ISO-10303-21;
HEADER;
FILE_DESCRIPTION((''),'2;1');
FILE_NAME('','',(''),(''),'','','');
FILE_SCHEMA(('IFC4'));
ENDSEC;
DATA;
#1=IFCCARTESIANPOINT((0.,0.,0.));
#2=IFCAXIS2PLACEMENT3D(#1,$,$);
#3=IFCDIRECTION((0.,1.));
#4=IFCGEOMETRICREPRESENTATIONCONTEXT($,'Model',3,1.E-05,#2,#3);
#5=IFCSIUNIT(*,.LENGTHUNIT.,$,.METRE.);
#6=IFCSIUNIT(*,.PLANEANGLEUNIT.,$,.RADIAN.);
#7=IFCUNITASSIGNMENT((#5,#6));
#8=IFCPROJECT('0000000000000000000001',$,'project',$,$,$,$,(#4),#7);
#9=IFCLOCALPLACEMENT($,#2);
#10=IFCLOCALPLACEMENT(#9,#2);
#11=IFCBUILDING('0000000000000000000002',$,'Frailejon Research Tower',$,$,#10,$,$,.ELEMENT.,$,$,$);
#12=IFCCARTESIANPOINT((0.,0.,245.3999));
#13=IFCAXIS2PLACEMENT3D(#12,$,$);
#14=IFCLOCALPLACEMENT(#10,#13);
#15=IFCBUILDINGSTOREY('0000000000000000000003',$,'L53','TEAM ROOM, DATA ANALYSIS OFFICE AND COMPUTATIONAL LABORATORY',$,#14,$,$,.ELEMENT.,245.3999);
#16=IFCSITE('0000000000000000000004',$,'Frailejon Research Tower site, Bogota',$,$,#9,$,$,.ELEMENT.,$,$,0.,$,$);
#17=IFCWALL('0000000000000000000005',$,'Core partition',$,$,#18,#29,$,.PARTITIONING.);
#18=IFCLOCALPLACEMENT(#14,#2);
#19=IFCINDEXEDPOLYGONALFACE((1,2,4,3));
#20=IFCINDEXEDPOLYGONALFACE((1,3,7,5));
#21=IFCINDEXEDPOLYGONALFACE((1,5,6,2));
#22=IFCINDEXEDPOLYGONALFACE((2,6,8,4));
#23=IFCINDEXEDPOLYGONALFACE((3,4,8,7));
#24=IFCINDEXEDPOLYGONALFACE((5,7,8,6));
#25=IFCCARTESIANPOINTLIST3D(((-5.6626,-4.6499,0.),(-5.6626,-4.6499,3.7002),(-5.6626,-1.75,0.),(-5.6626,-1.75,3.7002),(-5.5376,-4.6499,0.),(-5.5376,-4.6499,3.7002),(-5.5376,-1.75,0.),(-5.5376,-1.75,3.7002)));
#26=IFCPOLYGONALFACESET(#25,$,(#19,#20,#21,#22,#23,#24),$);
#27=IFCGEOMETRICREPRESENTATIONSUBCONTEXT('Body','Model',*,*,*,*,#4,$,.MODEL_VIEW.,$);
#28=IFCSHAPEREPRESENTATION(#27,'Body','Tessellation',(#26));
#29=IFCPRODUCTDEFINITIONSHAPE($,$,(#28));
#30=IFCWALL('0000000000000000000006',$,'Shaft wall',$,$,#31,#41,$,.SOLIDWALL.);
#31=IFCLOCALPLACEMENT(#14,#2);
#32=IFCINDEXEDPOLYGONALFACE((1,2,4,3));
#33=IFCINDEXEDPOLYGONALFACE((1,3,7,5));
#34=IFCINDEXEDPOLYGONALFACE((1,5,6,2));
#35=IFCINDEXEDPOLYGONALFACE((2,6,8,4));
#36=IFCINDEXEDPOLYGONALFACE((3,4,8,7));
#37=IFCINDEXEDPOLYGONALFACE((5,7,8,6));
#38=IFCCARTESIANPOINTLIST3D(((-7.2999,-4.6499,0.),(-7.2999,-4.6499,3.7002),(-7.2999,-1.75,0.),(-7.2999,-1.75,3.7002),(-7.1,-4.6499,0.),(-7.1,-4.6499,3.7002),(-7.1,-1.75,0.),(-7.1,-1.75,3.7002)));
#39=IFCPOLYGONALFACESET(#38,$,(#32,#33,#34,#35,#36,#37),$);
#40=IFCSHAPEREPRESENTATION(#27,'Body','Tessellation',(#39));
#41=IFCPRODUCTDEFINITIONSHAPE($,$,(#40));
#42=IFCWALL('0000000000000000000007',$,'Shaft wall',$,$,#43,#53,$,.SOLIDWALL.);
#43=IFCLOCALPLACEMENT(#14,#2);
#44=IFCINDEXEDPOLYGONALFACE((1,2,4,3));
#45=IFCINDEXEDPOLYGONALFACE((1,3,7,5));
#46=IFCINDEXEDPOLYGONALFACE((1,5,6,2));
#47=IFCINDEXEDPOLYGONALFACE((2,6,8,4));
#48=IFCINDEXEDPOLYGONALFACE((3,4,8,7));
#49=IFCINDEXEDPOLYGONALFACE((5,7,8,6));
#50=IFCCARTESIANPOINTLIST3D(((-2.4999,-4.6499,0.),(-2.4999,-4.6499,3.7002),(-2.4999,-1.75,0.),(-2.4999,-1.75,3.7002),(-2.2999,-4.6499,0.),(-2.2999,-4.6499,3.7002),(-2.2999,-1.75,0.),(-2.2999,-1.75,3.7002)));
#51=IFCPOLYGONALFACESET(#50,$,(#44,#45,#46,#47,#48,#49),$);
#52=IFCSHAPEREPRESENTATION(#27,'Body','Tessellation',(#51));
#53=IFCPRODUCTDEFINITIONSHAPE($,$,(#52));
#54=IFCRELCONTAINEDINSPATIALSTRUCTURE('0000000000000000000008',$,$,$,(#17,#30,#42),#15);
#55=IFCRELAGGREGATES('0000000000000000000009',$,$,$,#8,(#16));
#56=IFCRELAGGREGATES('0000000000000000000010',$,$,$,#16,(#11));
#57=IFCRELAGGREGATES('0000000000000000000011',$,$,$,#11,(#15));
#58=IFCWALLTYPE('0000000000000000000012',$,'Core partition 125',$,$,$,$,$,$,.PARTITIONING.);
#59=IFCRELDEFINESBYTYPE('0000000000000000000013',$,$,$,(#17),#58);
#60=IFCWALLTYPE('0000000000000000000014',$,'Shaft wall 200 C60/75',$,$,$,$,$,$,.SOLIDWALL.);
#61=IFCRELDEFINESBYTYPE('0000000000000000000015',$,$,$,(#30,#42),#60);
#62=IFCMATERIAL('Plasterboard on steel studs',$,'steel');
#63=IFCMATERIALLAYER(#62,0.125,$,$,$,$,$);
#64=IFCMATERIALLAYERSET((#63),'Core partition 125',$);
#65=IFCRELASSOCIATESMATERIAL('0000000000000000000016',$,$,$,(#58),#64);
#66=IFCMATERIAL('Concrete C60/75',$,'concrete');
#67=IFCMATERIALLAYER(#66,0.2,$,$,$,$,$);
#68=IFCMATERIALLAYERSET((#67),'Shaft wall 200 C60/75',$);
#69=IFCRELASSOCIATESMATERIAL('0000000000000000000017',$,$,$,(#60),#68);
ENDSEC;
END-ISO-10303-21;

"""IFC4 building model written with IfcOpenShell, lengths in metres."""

from ifc_helpers import new_model, si_unit, direction, frame, frame_2d, origin, place, context, subcontext, project, spatial, rectangle, extrude, material, layer, layer_set, type_object, element, save


model = new_model("IFC4")

# Units and contexts
model_context = context("Model", 3, precision=1e-05, world=origin(), true_north=direction((0.0, 1.0)))
body_context = subcontext(model_context, "Body", "Model", "MODEL_VIEW")
ifc_project = project(units=[si_unit("LENGTHUNIT", "METRE"), si_unit("PLANEANGLEUNIT", "RADIAN")], contexts=[model_context])

# Site, building, storey
site_placement = place(None, origin())
site = spatial("IfcSite", under=ifc_project, at=site_placement, Name="Frailejon Research Tower site, Bogota", CompositionType="ELEMENT", RefElevation=0.0)
building_placement = place(site_placement, origin())
building = spatial("IfcBuilding", under=site, at=building_placement, Name="Frailejon Research Tower", CompositionType="ELEMENT")
storey_placement = place(building_placement, frame((0.0, 0.0, 245.3999)))
storey = spatial("IfcBuildingStorey", under=building, at=storey_placement, Name="L53", Description="TEAM ROOM, DATA ANALYSIS OFFICE AND COMPUTATIONAL LABORATORY", CompositionType="ELEMENT", Elevation=245.3999)

# Walls
ifc_material_1 = material(Name="Plasterboard on steel studs", Category="steel")
ifc_layer_1 = layer(ifc_material_1, 0.125)
ifc_layer_set_1 = layer_set([ifc_layer_1], Name="Core partition 125")
wall_type_1 = type_object("IfcWallType", Name="Core partition 125", PredefinedType="PARTITIONING", material=ifc_layer_set_1)
wall_1_placement = place(storey_placement, frame((-5.6001, -4.6499, 0.0), z_axis=(0.0, 0.0, 1.0), x_axis=(0.0, 1.0, 0.0)))
element("IfcWall", 1, at=wall_1_placement, inside=storey, type_object=wall_type_1, Name="Core partition", PredefinedType="PARTITIONING", context=body_context, shape_type="SweptSolid", body=[
    extrude(rectangle(XDim=2.8999, YDim=0.125, at=frame_2d((1.45, 0.0))), origin(), (0.0, 0.0, 1.0), 3.7002),
])
ifc_material_2 = material(Name="Concrete C60/75", Category="concrete")
ifc_layer_2 = layer(ifc_material_2, 0.2)
ifc_layer_set_2 = layer_set([ifc_layer_2], Name="Shaft wall 200 C60/75")
wall_type_2 = type_object("IfcWallType", Name="Shaft wall 200 C60/75", PredefinedType="SOLIDWALL", material=ifc_layer_set_2)
for number, where, z_axis, x_axis, name in (
    (2, (-7.2, -4.6499, 0.0), (0.0, 0.0, 1.0), (0.0, 1.0, 0.0), "Shaft wall"),
    (3, (-2.3999, -4.6499, 0.0), (0.0, 0.0, 1.0), (0.0, 1.0, 0.0), "Shaft wall"),
):
    element("IfcWall", number, at=place(storey_placement, frame(where, z_axis=z_axis, x_axis=x_axis)), inside=storey, type_object=wall_type_2, Name=name, PredefinedType="SOLIDWALL", context=body_context, shape_type="SweptSolid", body=[
        extrude(rectangle(XDim=2.8999, YDim=0.2, at=frame_2d((1.45, 0.0))), origin(), (0.0, 0.0, 1.0), 3.7002),
    ])

save(model, "model.ifc")
